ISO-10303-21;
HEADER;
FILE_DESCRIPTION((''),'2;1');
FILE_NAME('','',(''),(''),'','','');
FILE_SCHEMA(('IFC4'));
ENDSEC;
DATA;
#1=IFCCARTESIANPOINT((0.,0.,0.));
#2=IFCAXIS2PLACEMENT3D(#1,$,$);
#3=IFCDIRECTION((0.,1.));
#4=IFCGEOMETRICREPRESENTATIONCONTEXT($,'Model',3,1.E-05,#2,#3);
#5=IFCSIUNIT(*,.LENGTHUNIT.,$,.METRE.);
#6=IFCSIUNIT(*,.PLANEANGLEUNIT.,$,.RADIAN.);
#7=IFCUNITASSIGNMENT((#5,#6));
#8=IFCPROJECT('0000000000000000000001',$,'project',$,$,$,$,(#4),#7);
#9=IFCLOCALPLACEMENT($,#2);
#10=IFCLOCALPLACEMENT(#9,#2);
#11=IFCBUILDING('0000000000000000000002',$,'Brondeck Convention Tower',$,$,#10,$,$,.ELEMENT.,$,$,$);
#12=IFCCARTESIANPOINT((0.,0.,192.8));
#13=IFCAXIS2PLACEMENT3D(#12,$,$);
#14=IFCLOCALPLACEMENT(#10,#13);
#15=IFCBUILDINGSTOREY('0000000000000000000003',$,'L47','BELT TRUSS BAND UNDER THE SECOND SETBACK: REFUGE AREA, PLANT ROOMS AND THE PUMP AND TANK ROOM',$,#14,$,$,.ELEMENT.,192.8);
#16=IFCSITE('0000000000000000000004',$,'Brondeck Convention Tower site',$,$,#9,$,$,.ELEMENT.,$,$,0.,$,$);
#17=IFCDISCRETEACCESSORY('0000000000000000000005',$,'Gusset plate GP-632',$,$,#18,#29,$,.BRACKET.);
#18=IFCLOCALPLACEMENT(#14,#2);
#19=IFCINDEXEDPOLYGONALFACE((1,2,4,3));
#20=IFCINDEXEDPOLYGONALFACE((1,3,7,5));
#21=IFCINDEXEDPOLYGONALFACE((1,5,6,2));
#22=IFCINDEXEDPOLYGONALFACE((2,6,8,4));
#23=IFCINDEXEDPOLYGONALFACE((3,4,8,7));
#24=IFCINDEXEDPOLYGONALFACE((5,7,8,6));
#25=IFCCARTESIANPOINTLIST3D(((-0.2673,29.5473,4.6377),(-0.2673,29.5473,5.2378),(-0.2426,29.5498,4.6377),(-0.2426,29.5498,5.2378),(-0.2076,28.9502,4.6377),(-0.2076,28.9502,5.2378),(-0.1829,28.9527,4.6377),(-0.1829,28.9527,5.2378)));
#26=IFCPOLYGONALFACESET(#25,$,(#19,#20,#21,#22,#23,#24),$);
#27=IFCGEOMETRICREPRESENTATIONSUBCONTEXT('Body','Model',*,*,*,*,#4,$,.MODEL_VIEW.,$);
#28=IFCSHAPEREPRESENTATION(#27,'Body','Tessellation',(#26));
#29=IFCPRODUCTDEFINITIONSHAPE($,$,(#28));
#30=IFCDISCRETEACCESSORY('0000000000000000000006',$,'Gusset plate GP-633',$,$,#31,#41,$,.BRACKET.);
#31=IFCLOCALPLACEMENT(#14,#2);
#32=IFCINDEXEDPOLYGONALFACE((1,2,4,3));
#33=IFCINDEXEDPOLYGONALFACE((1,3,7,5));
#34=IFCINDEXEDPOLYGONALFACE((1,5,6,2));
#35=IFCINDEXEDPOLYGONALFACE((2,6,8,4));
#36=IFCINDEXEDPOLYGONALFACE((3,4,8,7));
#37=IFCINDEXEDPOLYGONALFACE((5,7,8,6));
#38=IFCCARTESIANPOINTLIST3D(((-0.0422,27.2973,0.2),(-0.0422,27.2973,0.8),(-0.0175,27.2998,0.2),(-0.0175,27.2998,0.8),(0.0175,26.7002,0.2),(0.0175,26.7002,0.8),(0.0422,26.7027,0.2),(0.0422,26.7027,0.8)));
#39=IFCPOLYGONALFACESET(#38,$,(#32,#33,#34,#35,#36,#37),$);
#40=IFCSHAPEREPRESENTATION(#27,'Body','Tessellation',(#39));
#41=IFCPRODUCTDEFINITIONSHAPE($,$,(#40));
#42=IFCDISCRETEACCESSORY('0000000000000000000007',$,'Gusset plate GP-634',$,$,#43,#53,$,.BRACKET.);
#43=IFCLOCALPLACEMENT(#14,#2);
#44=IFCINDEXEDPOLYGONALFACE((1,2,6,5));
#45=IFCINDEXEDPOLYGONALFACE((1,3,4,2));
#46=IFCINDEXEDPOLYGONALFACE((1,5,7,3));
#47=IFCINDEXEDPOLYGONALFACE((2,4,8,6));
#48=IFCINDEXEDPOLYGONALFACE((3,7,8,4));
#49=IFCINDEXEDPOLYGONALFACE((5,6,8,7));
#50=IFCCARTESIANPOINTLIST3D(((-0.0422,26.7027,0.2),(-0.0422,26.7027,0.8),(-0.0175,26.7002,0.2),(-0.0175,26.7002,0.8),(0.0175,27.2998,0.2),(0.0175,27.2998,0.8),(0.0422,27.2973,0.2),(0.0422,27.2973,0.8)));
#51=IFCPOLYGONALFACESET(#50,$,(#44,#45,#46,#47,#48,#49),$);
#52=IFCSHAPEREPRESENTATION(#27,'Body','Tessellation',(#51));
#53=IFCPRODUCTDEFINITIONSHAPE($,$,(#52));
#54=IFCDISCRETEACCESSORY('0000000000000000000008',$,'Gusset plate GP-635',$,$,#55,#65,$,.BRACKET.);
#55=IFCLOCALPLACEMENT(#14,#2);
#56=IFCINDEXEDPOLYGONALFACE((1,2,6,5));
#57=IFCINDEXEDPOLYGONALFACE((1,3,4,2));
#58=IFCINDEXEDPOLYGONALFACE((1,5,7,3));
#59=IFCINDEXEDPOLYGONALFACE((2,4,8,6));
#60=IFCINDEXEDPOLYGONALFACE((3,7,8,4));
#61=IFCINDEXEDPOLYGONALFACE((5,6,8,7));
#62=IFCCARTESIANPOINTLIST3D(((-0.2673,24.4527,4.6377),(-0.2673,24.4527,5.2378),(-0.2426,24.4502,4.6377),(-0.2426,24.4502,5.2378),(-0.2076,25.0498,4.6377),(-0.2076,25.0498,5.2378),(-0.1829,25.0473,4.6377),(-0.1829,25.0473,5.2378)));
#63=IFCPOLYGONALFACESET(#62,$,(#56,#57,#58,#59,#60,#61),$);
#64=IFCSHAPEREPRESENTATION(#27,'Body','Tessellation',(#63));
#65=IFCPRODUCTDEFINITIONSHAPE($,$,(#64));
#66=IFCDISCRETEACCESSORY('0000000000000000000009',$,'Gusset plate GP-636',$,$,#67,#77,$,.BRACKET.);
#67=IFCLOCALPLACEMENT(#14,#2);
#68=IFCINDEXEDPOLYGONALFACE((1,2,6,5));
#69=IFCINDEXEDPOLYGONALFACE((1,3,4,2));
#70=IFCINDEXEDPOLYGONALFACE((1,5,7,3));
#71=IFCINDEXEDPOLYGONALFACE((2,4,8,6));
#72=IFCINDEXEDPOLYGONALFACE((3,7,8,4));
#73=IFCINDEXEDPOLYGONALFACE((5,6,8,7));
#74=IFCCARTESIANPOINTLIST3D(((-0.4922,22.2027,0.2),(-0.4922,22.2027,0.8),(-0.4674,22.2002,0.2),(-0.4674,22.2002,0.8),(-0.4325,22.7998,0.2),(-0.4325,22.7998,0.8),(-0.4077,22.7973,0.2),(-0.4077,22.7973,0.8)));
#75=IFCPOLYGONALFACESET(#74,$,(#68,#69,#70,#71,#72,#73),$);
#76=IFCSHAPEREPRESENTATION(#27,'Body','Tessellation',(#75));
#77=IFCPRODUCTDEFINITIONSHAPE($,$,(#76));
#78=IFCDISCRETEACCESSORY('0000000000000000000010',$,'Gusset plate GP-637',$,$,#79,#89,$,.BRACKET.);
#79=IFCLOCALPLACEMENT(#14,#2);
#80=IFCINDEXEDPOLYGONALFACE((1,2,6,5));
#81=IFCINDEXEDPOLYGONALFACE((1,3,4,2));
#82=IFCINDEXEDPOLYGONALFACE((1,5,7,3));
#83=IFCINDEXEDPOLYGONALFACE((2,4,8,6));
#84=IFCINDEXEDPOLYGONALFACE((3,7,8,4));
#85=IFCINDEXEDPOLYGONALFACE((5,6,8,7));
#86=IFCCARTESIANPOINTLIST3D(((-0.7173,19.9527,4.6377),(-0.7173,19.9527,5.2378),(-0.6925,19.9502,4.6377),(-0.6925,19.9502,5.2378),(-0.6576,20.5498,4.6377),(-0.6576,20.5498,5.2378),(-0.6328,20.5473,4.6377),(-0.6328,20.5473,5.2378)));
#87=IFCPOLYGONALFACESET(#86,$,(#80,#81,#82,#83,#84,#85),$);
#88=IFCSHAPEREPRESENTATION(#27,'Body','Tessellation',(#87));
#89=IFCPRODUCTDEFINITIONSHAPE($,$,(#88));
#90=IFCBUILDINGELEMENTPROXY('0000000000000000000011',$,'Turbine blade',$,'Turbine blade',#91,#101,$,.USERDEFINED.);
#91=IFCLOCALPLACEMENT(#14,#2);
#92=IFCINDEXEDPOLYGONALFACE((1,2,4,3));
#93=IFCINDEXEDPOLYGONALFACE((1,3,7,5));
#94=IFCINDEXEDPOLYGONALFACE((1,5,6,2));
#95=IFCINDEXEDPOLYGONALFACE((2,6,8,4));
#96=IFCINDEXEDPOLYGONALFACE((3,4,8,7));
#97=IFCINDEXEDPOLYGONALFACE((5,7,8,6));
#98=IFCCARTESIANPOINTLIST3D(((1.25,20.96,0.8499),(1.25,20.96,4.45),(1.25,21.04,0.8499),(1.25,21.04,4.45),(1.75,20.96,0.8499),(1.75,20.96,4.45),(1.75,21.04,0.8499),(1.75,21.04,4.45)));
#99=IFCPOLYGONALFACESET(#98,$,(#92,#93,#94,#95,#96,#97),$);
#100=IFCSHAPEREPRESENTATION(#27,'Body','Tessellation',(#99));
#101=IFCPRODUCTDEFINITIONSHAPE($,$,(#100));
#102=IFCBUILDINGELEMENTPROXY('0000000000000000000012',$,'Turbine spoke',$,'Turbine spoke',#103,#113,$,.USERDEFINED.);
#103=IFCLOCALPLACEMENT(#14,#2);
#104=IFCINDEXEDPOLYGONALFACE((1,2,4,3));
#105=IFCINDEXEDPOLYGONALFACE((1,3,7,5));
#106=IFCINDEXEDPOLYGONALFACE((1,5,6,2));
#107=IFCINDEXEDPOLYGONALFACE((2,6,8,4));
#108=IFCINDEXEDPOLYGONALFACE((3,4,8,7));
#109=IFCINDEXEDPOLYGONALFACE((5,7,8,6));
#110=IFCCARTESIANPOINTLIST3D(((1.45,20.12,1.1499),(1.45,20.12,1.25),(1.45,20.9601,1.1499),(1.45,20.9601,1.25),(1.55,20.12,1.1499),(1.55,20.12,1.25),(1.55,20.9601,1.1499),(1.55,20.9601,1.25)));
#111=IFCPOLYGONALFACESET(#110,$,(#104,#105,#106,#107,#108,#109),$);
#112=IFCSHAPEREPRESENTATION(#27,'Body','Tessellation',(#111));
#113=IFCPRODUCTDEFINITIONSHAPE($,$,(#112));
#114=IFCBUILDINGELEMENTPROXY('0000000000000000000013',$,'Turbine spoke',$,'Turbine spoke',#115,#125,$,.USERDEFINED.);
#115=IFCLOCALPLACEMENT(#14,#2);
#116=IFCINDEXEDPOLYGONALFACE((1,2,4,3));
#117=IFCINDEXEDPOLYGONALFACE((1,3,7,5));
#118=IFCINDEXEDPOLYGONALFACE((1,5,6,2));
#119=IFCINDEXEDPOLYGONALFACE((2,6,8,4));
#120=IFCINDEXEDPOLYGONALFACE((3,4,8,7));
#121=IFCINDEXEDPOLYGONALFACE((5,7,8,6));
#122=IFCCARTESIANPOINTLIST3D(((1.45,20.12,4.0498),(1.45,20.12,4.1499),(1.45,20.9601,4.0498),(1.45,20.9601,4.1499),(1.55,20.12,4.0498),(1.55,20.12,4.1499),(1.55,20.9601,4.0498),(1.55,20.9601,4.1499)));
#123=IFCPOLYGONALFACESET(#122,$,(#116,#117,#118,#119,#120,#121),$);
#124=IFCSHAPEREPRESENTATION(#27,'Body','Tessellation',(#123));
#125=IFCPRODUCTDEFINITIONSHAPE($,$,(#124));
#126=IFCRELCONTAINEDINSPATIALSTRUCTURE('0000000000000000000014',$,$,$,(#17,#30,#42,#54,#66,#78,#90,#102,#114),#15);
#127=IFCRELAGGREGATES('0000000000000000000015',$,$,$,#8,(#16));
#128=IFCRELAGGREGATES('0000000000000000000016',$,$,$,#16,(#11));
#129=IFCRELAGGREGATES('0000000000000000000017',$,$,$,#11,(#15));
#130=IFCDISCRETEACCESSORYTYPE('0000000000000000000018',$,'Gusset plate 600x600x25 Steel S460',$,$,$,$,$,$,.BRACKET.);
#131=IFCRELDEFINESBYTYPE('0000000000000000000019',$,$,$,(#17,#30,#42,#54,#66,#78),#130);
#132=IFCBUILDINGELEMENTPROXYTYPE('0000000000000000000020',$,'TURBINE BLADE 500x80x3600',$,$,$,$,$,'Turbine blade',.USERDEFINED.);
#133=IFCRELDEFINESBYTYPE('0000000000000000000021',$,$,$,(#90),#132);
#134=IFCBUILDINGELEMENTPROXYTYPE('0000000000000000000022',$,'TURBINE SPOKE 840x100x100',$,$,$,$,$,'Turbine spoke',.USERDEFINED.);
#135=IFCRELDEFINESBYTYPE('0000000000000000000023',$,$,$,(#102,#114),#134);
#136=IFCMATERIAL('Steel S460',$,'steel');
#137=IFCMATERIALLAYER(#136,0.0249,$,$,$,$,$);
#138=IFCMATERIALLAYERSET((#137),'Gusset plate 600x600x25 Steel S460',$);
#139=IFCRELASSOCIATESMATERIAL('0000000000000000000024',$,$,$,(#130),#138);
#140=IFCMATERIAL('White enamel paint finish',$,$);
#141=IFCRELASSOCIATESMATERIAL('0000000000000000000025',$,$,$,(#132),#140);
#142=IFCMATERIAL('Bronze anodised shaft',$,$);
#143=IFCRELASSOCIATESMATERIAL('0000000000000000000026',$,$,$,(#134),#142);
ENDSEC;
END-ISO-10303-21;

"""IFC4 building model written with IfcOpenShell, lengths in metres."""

from ifc_helpers import new_model, si_unit, direction, frame, origin, origin_2d, place, context, subcontext, project, spatial, rectangle, extrude, material, layer, layer_set, type_object, element, save


model = new_model("IFC4")

# Units and contexts
model_context = context("Model", 3, precision=1e-05, world=origin(), true_north=direction((0.0, 1.0)))
body_context = subcontext(model_context, "Body", "Model", "MODEL_VIEW")
ifc_project = project(units=[si_unit("LENGTHUNIT", "METRE"), si_unit("PLANEANGLEUNIT", "RADIAN")], contexts=[model_context])

# Site, building, storey
site_placement = place(None, origin())
site = spatial("IfcSite", under=ifc_project, at=site_placement, Name="Brondeck Convention Tower site", CompositionType="ELEMENT", RefElevation=0.0)
building_placement = place(site_placement, origin())
building = spatial("IfcBuilding", under=site, at=building_placement, Name="Brondeck Convention Tower", CompositionType="ELEMENT")
storey_placement = place(building_placement, frame((0.0, 0.0, 192.8)))
storey = spatial("IfcBuildingStorey", under=building, at=storey_placement, Name="L47", Description="BELT TRUSS BAND UNDER THE SECOND SETBACK: REFUGE AREA, PLANT ROOMS AND THE PUMP AND TANK ROOM", CompositionType="ELEMENT", Elevation=192.8)

# Shared definitions
ifc_material_1 = material(Name="Steel S460", Category="steel")

# Discrete accessories
ifc_layer_1 = layer(ifc_material_1, 0.0249)
ifc_layer_set_1 = layer_set([ifc_layer_1], Name="Gusset plate 600x600x25 Steel S460")
discrete_accessory_type = type_object("IfcDiscreteAccessoryType", Name="Gusset plate 600x600x25 Steel S460", PredefinedType="BRACKET", material=ifc_layer_set_1)
for number, where, z_axis, x_axis, name in (
    (1, (-0.2251, 29.25, 4.6377), (0.0, 0.0, 1.0), (-0.099511, 0.995036, 0.0), "Gusset plate GP-632"),
    (2, (0.0, 27.0, 0.2), (0.0, 0.0, 1.0), (-0.099511, 0.995036, 0.0), "Gusset plate GP-633"),
    (3, (0.0, 27.0, 0.2), (0.0, 0.0, 1.0), (0.099511, 0.995036, 0.0), "Gusset plate GP-634"),
    (4, (-0.2251, 24.75, 4.6377), (0.0, 0.0, 1.0), (0.099511, 0.995036, 0.0), "Gusset plate GP-635"),
    (5, (-0.45, 22.5, 0.2), (0.0, 0.0, 1.0), (0.099511, 0.995036, 0.0), "Gusset plate GP-636"),
    (6, (-0.675, 20.25, 4.6377), (0.0, 0.0, 1.0), (0.099511, 0.995036, 0.0), "Gusset plate GP-637"),
):
    element("IfcDiscreteAccessory", number, at=place(storey_placement, frame(where, z_axis=z_axis, x_axis=x_axis)), inside=storey, type_object=discrete_accessory_type, Name=name, PredefinedType="BRACKET", context=body_context, shape_type="SweptSolid", body=[
        extrude(rectangle(XDim=0.6001, YDim=0.0249, at=origin_2d()), origin(), (0.0, 0.0, 1.0), 0.6001),
    ])

# Building element proxies
ifc_material_2 = material(Name="White enamel paint finish")
building_element_proxy_type_1 = type_object("IfcBuildingElementProxyType", Name="TURBINE BLADE 500x80x3600", ElementType="Turbine blade", PredefinedType="USERDEFINED", material=ifc_material_2)
proxy_placement = place(storey_placement, frame((1.5, 21.0, 0.8499), z_axis=(0.0, 0.0, 1.0), x_axis=(-1.0, 0.0, 0.0)))
element("IfcBuildingElementProxy", 7, at=proxy_placement, inside=storey, type_object=building_element_proxy_type_1, Name="Turbine blade", ObjectType="Turbine blade", PredefinedType="USERDEFINED", context=body_context, shape_type="SweptSolid", body=[
    extrude(rectangle(XDim=0.5, YDim=0.0801, at=origin_2d()), origin(), (0.0, 0.0, 1.0), 3.6001),
])
ifc_material_3 = material(Name="Bronze anodised shaft")
building_element_proxy_type_2 = type_object("IfcBuildingElementProxyType", Name="TURBINE SPOKE 840x100x100", ElementType="Turbine spoke", PredefinedType="USERDEFINED", material=ifc_material_3)
for number, where, z_axis, x_axis, name in (
    (8, (1.5, 20.54, 1.1499), (0.0, 0.0, 1.0), (0.0, 1.0, 0.0), "Turbine spoke"),
    (9, (1.5, 20.54, 4.0498), (0.0, 0.0, 1.0), (0.0, 1.0, 0.0), "Turbine spoke"),
):
    element("IfcBuildingElementProxy", number, at=place(storey_placement, frame(where, z_axis=z_axis, x_axis=x_axis)), inside=storey, type_object=building_element_proxy_type_2, Name=name, ObjectType="Turbine spoke", PredefinedType="USERDEFINED", context=body_context, shape_type="SweptSolid", body=[
        extrude(rectangle(XDim=0.8401, YDim=0.1001, at=origin_2d()), origin(), (0.0, 0.0, 1.0), 0.1001),
    ])

save(model, "model.ifc")
